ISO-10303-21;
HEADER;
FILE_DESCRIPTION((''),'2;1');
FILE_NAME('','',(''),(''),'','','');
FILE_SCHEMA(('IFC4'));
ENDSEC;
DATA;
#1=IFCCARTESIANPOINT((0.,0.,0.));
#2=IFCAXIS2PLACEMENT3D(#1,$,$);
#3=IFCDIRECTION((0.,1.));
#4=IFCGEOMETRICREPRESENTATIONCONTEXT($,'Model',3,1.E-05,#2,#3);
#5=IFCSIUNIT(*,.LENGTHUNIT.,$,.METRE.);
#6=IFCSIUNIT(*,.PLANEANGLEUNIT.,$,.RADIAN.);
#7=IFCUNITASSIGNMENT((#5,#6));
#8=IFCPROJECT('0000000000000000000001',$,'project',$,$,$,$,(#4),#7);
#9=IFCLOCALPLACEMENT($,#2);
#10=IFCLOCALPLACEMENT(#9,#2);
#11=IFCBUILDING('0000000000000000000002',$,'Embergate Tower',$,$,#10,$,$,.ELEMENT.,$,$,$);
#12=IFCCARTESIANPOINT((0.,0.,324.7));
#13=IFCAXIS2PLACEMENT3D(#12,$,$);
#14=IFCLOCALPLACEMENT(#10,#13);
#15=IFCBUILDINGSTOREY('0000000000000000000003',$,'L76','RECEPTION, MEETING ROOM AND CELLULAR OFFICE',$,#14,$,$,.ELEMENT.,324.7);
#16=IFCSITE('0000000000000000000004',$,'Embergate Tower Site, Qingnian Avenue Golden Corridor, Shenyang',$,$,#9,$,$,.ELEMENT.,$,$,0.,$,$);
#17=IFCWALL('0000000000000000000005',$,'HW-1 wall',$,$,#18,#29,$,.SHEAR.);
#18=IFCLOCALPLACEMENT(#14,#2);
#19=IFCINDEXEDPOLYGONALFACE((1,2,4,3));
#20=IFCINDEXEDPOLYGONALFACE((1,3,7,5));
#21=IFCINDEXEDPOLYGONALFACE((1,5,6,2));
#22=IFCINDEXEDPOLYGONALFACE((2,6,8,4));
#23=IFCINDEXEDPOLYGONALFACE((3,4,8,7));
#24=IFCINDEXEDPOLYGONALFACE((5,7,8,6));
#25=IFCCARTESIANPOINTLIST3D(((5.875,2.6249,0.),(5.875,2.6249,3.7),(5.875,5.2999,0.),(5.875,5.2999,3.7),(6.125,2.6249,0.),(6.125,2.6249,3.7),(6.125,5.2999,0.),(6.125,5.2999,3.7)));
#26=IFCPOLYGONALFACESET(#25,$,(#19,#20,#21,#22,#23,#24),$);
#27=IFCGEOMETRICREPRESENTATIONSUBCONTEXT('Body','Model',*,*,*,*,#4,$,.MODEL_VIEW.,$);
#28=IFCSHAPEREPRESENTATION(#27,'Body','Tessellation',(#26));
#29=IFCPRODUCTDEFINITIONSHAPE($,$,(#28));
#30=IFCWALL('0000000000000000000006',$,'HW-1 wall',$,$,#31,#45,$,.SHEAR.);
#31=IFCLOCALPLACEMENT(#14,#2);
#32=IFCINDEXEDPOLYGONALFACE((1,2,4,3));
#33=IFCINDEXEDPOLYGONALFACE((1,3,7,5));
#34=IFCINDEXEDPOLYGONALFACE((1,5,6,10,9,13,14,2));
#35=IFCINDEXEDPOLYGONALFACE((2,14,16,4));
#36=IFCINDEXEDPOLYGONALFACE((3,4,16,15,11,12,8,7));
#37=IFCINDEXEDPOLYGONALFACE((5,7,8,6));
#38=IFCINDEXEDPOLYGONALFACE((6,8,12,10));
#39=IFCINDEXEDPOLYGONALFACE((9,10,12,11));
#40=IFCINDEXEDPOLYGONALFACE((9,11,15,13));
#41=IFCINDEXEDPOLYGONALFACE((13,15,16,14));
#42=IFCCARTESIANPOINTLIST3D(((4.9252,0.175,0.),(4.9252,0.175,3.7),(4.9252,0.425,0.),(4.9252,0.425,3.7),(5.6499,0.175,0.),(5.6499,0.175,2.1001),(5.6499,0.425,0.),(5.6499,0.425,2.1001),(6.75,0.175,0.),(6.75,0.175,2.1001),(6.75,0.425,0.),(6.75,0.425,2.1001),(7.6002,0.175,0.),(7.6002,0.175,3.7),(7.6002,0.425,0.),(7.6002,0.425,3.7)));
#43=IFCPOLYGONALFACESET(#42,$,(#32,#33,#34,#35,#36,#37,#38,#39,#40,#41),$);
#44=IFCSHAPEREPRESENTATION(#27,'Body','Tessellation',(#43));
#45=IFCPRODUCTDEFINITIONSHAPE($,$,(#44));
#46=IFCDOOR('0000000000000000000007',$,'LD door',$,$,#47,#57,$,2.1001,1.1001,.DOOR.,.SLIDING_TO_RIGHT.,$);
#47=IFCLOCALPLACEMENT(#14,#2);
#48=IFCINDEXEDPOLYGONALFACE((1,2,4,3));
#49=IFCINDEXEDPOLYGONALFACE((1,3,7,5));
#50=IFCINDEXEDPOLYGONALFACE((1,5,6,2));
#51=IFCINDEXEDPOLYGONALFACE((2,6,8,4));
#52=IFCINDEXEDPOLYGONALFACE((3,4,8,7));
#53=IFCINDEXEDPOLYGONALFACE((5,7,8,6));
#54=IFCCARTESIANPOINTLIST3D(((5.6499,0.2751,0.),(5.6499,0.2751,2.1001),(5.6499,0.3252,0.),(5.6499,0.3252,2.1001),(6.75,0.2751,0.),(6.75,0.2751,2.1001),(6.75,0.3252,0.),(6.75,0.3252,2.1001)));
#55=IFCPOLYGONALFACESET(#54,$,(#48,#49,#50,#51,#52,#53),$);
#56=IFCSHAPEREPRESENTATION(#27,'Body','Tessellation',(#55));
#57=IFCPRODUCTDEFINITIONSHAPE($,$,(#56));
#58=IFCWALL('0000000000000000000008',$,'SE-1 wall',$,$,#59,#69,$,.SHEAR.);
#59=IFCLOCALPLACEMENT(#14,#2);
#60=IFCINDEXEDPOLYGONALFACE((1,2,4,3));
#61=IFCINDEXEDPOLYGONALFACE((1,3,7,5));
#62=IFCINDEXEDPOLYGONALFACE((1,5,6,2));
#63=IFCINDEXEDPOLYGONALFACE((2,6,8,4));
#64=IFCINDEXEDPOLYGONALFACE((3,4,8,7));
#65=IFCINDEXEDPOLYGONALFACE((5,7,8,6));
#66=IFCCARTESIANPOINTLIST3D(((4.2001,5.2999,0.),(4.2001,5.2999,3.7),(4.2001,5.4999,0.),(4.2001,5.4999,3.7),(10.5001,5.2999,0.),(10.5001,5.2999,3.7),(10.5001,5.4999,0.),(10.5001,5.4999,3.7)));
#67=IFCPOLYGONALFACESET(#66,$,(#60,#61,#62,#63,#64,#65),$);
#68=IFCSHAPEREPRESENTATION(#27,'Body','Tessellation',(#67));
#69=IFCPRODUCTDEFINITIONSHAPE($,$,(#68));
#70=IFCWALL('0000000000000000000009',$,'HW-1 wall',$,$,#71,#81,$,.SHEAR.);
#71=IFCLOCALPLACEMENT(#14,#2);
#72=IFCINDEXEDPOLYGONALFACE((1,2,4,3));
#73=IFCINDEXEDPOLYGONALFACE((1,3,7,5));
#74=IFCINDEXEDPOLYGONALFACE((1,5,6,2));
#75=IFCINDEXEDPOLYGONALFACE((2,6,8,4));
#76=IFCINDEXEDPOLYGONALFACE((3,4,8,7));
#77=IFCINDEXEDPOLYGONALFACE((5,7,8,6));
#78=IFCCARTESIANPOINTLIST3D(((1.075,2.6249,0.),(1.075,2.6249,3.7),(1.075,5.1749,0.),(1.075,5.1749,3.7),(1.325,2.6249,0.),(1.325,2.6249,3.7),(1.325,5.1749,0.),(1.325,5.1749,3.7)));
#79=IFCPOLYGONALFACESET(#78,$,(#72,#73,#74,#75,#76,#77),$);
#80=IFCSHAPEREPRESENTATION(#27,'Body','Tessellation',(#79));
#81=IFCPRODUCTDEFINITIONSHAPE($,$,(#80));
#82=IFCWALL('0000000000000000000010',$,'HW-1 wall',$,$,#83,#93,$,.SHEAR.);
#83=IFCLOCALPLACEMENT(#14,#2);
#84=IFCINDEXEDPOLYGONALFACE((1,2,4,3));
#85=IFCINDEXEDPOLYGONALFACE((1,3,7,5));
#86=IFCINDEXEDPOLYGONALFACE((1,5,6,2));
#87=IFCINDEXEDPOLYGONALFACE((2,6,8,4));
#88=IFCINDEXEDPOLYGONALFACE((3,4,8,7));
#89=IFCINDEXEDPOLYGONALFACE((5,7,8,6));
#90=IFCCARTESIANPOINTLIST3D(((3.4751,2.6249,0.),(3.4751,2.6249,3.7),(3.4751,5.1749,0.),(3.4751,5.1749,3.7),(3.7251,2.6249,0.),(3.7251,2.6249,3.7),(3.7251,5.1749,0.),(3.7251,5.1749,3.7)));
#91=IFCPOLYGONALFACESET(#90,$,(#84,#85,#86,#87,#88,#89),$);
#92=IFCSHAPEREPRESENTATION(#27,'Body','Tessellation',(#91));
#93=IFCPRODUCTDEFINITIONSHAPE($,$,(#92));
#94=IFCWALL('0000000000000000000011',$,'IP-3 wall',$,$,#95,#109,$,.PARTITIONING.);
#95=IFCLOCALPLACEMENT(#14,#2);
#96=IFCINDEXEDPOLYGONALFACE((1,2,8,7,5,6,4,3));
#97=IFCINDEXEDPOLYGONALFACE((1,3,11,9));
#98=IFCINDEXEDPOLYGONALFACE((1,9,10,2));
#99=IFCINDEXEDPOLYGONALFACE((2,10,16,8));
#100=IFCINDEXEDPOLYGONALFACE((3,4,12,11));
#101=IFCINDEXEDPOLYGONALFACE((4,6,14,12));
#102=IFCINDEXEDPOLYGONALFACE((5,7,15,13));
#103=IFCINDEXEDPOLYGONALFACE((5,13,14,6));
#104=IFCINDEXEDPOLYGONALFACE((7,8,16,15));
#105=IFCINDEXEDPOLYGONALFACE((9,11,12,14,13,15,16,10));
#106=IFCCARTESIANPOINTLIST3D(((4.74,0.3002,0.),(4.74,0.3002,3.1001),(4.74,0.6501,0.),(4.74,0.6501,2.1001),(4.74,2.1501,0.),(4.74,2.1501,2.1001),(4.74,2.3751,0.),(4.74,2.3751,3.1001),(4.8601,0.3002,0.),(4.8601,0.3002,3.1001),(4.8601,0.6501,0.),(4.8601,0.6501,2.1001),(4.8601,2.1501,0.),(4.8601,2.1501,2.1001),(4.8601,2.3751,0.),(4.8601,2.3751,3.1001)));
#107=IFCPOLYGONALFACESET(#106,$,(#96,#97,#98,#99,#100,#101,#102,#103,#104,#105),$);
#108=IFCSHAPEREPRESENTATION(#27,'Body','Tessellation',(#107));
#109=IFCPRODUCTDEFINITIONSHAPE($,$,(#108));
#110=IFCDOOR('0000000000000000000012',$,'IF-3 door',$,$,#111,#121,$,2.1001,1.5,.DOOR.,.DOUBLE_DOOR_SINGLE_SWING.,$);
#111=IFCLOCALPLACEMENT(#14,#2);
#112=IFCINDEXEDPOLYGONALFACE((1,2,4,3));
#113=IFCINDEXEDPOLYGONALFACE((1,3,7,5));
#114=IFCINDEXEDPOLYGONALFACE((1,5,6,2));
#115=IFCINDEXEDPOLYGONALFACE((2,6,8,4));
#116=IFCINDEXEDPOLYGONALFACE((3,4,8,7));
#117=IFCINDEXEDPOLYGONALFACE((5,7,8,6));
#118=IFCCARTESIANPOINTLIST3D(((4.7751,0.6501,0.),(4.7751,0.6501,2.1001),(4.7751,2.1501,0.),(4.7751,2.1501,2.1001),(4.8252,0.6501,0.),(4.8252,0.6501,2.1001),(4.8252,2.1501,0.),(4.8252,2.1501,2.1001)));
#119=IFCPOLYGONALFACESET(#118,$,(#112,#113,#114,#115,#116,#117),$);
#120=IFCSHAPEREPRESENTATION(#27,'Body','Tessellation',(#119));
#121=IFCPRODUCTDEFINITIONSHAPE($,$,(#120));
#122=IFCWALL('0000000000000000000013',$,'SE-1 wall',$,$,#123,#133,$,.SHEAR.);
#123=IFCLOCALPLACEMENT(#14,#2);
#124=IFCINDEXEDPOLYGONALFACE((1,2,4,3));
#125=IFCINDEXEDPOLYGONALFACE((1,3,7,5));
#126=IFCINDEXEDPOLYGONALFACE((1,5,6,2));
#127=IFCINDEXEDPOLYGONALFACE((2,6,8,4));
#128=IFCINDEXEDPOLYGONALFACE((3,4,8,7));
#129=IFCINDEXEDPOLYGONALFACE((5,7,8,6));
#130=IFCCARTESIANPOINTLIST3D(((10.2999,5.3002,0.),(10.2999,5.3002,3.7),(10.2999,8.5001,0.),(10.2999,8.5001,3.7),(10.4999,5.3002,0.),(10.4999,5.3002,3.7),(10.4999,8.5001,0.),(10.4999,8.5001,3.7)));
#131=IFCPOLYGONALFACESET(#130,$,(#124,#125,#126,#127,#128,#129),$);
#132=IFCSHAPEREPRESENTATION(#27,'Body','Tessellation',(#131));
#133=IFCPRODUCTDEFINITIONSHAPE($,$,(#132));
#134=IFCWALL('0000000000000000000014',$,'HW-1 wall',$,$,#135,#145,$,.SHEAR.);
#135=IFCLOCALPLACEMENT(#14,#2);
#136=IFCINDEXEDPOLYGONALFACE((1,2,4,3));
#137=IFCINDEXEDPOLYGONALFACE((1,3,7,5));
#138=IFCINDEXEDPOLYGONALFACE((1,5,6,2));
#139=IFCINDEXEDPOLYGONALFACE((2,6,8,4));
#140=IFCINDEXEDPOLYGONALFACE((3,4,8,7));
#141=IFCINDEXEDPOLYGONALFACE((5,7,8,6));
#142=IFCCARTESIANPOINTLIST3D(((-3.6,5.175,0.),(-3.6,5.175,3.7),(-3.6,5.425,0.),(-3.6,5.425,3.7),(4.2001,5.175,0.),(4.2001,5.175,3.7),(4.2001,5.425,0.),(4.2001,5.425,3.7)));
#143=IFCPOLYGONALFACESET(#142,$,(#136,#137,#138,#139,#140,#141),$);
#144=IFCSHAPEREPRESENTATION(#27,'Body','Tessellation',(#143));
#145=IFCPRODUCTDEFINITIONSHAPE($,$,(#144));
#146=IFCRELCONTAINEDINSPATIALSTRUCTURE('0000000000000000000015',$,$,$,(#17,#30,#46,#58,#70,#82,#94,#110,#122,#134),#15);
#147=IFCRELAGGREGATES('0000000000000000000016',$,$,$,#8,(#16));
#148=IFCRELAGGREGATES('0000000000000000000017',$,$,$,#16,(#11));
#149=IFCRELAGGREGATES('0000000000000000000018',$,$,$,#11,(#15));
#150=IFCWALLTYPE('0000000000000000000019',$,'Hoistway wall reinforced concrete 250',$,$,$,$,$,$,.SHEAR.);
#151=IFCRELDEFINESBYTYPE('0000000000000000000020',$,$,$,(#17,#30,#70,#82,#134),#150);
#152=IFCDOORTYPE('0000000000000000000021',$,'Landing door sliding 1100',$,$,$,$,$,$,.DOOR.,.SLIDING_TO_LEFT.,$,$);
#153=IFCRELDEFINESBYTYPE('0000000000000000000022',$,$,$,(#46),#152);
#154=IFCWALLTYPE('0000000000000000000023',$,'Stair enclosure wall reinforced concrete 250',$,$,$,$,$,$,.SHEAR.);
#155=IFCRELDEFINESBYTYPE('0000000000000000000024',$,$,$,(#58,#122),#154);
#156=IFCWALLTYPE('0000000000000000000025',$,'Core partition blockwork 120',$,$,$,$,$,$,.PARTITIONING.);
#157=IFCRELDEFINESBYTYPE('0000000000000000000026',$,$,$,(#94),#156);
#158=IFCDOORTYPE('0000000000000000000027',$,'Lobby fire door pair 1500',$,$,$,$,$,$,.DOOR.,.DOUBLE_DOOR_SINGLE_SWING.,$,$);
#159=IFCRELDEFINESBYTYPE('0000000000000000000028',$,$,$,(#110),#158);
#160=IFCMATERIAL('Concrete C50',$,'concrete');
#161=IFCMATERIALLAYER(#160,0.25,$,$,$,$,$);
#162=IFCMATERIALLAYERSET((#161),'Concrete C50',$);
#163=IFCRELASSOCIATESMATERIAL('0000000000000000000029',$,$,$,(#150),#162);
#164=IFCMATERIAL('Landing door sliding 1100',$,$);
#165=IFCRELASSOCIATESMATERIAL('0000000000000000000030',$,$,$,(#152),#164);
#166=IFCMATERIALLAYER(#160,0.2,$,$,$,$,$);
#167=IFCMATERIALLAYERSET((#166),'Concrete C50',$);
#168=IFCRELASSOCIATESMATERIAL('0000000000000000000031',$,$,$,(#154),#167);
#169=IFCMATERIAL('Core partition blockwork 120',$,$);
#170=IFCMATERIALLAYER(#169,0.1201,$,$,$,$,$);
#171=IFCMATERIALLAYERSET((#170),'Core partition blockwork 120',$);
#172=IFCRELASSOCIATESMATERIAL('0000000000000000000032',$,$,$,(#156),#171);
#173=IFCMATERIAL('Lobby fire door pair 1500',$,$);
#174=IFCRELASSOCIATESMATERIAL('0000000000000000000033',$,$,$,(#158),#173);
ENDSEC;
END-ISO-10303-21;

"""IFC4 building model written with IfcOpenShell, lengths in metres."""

from ifc_helpers import new_model, si_unit, direction, frame, frame_2d, origin, place, context, subcontext, project, spatial, rectangle, extrude, source, transform, mapped, material, layer, layer_set, type_object, element, fill, save


model = new_model("IFC4")

# Units and contexts
model_context = context("Model", 3, precision=1e-05, world=origin(), true_north=direction((0.0, 1.0)))
body_context = subcontext(model_context, "Body", "Model", "MODEL_VIEW")
ifc_project = project(units=[si_unit("LENGTHUNIT", "METRE"), si_unit("PLANEANGLEUNIT", "RADIAN")], contexts=[model_context])

# Site, building, storey
site_placement = place(None, origin())
site = spatial("IfcSite", under=ifc_project, at=site_placement, Name="Embergate Tower Site, Qingnian Avenue Golden Corridor, Shenyang", CompositionType="ELEMENT", RefElevation=0.0)
building_placement = place(site_placement, origin())
building = spatial("IfcBuilding", under=site, at=building_placement, Name="Embergate Tower", CompositionType="ELEMENT")
storey_placement = place(building_placement, frame((0.0, 0.0, 324.7)))
storey = spatial("IfcBuildingStorey", under=building, at=storey_placement, Name="L76", Description="RECEPTION, MEETING ROOM AND CELLULAR OFFICE", CompositionType="ELEMENT", Elevation=324.7)

# Wall
ifc_material_1 = material(Name="Concrete C50", Category="concrete")
ifc_layer_1 = layer(ifc_material_1, 0.25)
ifc_layer_set_1 = layer_set([ifc_layer_1], Name="Concrete C50")
wall_type_1 = type_object("IfcWallType", Name="Hoistway wall reinforced concrete 250", PredefinedType="SHEAR", material=ifc_layer_set_1)
shared_shape_1 = source(origin(), body_context, "Body", "SweptSolid", [
    extrude(rectangle(XDim=2.675, YDim=0.25, at=frame_2d((1.3374, 0.0))), origin(), (0.0, 0.0, 1.0), 3.7),
])
wall_1_placement = place(storey_placement, frame((6.0, 2.625, 0.0), z_axis=(0.0, 0.0, 1.0), x_axis=(0.0, 1.0, 0.0)))
element("IfcWall", 1, at=wall_1_placement, inside=storey, type_object=wall_type_1, Name="HW-1 wall", PredefinedType="SHEAR", context=body_context, shape_type="MappedRepresentation", body=[
    mapped(shared_shape_1, transform((0.0, 0.0, 0.0))),
])

# Wall, opening, door
wall_2_placement = place(storey_placement, frame((7.6001, 0.3, 0.0), z_axis=(0.0, 0.0, 1.0), x_axis=(-1.0, 0.0, 0.0)))
wall_2 = element("IfcWall", 2, at=wall_2_placement, inside=storey, type_object=wall_type_1, Name="HW-1 wall", PredefinedType="SHEAR", context=body_context, shape_type="MappedRepresentation", body=[
    mapped(shared_shape_1, transform((0.0, 0.0, 0.0))),
])
shared_shape_2 = source(origin(), body_context, "Body", "SweptSolid", [
    extrude(rectangle(XDim=1.1001, YDim=2.1001, at=frame_2d((0.55, 1.05))), frame((0.0, 0.135, 0.0), z_axis=(0.0, -1.0, 0.0), x_axis=(1.0, 0.0, 0.0)), (0.0, 0.0, 1.0), 0.27),
])
opening_1_placement = place(wall_2_placement, frame((0.8501, 0.0, 0.0)))
opening_1 = element("IfcOpeningElement", 3, at=opening_1_placement, cuts=wall_2, PredefinedType="OPENING", context=body_context, shape_type="MappedRepresentation", body=[
    mapped(shared_shape_2, transform((0.0, 0.0, 0.0))),
])
ifc_material_2 = material(Name="Landing door sliding 1100")
door_type_1 = type_object("IfcDoorType", Name="Landing door sliding 1100", OperationType="SLIDING_TO_LEFT", PredefinedType="DOOR", material=ifc_material_2)
shared_shape_3 = source(origin(), body_context, "Body", "SweptSolid", [
    extrude(rectangle(XDim=1.1001, YDim=2.1001, at=frame_2d((0.55, 1.05))), frame((0.0, 0.0249, 0.0), z_axis=(0.0, -1.0, 0.0), x_axis=(1.0, 0.0, 0.0)), (0.0, 0.0, 1.0), 0.05),
])
door_1_placement = place(opening_1_placement, origin())
door_1 = element("IfcDoor", 4, at=door_1_placement, inside=storey, type_object=door_type_1, Name="LD door", OperationType="SLIDING_TO_RIGHT", OverallHeight=2.1001, OverallWidth=1.1001, PredefinedType="DOOR", context=body_context, shape_type="MappedRepresentation", body=[
    mapped(shared_shape_3, transform((0.0, 0.0, 0.0))),
])
fill(opening_1, door_1)

# Walls
ifc_layer_2 = layer(ifc_material_1, 0.2)
ifc_layer_set_2 = layer_set([ifc_layer_2], Name="Concrete C50")
wall_type_2 = type_object("IfcWallType", Name="Stair enclosure wall reinforced concrete 250", PredefinedType="SHEAR", material=ifc_layer_set_2)
shared_shape_4 = source(origin(), body_context, "Body", "SweptSolid", [
    extrude(rectangle(XDim=6.3, YDim=0.2, at=frame_2d((3.1499, 0.0))), origin(), (0.0, 0.0, 1.0), 3.7),
])
wall_3_placement = place(storey_placement, frame((10.5, 5.3999, 0.0), z_axis=(0.0, 0.0, 1.0), x_axis=(-1.0, 0.0, 0.0)))
element("IfcWall", 5, at=wall_3_placement, inside=storey, type_object=wall_type_2, Name="SE-1 wall", PredefinedType="SHEAR", context=body_context, shape_type="MappedRepresentation", body=[
    mapped(shared_shape_4, transform((0.0, 0.0, 0.0))),
])
shared_shape_5 = source(origin(), body_context, "Body", "SweptSolid", [
    extrude(rectangle(XDim=2.55, YDim=0.25, at=frame_2d((1.2749, 0.0))), origin(), (0.0, 0.0, 1.0), 3.7),
])
for number, where, z_axis, x_axis, name in (
    (6, (1.2, 2.625, 0.0), (0.0, 0.0, 1.0), (0.0, 1.0, 0.0), "HW-1 wall"),
    (7, (3.6001, 2.625, 0.0), (0.0, 0.0, 1.0), (0.0, 1.0, 0.0), "HW-1 wall"),
):
    element("IfcWall", number, at=place(storey_placement, frame(where, z_axis=z_axis, x_axis=x_axis)), inside=storey, type_object=wall_type_1, Name=name, PredefinedType="SHEAR", context=body_context, shape_type="MappedRepresentation", body=[
        mapped(shared_shape_5, transform((0.0, 0.0, 0.0))),
    ])

# Wall, opening, door
ifc_material_3 = material(Name="Core partition blockwork 120")
ifc_layer_3 = layer(ifc_material_3, 0.1201)
ifc_layer_set_3 = layer_set([ifc_layer_3], Name="Core partition blockwork 120")
wall_type_3 = type_object("IfcWallType", Name="Core partition blockwork 120", PredefinedType="PARTITIONING", material=ifc_layer_set_3)
shared_shape_6 = source(origin(), body_context, "Body", "SweptSolid", [
    extrude(rectangle(XDim=2.075, YDim=0.1201, at=frame_2d((1.0376, 0.0))), origin(), (0.0, 0.0, 1.0), 3.1001),
])
wall_4_placement = place(storey_placement, frame((4.8, 0.3, 0.0), z_axis=(0.0, 0.0, 1.0), x_axis=(0.0, 1.0, 0.0)))
wall_4 = element("IfcWall", 8, at=wall_4_placement, inside=storey, type_object=wall_type_3, Name="IP-3 wall", PredefinedType="PARTITIONING", context=body_context, shape_type="MappedRepresentation", body=[
    mapped(shared_shape_6, transform((0.0, 0.0, 0.0))),
])
shared_shape_7 = source(origin(), body_context, "Body", "SweptSolid", [
    extrude(rectangle(XDim=1.5, YDim=2.1001, at=frame_2d((0.75, 1.05))), frame((0.0, 0.0701, 0.0), z_axis=(0.0, -1.0, 0.0), x_axis=(1.0, 0.0, 0.0)), (0.0, 0.0, 1.0), 0.1401),
])
opening_2_placement = place(wall_4_placement, frame((0.3501, 0.0, 0.0)))
opening_2 = element("IfcOpeningElement", 9, at=opening_2_placement, cuts=wall_4, PredefinedType="OPENING", context=body_context, shape_type="MappedRepresentation", body=[
    mapped(shared_shape_7, transform((0.0, 0.0, 0.0))),
])
ifc_material_4 = material(Name="Lobby fire door pair 1500")
door_type_2 = type_object("IfcDoorType", Name="Lobby fire door pair 1500", OperationType="DOUBLE_DOOR_SINGLE_SWING", PredefinedType="DOOR", material=ifc_material_4)
shared_shape_8 = source(origin(), body_context, "Body", "SweptSolid", [
    extrude(rectangle(XDim=1.5, YDim=2.1001, at=frame_2d((0.75, 1.05))), frame((0.0, 0.0249, 0.0), z_axis=(0.0, -1.0, 0.0), x_axis=(1.0, 0.0, 0.0)), (0.0, 0.0, 1.0), 0.05),
])
door_2_placement = place(opening_2_placement, origin())
door_2 = element("IfcDoor", 10, at=door_2_placement, inside=storey, type_object=door_type_2, Name="IF-3 door", OperationType="DOUBLE_DOOR_SINGLE_SWING", OverallHeight=2.1001, OverallWidth=1.5, PredefinedType="DOOR", context=body_context, shape_type="MappedRepresentation", body=[
    mapped(shared_shape_8, transform((0.0, 0.0, 0.0))),
])
fill(opening_2, door_2)

# Walls
shared_shape_9 = source(origin(), body_context, "Body", "SweptSolid", [
    extrude(rectangle(XDim=3.2, YDim=0.2, at=frame_2d((1.6001, 0.0))), origin(), (0.0, 0.0, 1.0), 3.7),
])
wall_5_placement = place(storey_placement, frame((10.3999, 5.3, 0.0), z_axis=(0.0, 0.0, 1.0), x_axis=(0.0, 1.0, 0.0)))
element("IfcWall", 11, at=wall_5_placement, inside=storey, type_object=wall_type_2, Name="SE-1 wall", PredefinedType="SHEAR", context=body_context, shape_type="MappedRepresentation", body=[
    mapped(shared_shape_9, transform((0.0, 0.0, 0.0))),
])
shared_shape_10 = source(origin(), body_context, "Body", "SweptSolid", [
    extrude(rectangle(XDim=7.8, YDim=0.25, at=frame_2d((3.8999, 0.0))), origin(), (0.0, 0.0, 1.0), 3.7),
])
wall_6_placement = place(storey_placement, frame((4.2, 5.3, 0.0), z_axis=(0.0, 0.0, 1.0), x_axis=(-1.0, 0.0, 0.0)))
element("IfcWall", 12, at=wall_6_placement, inside=storey, type_object=wall_type_1, Name="HW-1 wall", PredefinedType="SHEAR", context=body_context, shape_type="MappedRepresentation", body=[
    mapped(shared_shape_10, transform((0.0, 0.0, 0.0))),
])

save(model, "model.ifc")
